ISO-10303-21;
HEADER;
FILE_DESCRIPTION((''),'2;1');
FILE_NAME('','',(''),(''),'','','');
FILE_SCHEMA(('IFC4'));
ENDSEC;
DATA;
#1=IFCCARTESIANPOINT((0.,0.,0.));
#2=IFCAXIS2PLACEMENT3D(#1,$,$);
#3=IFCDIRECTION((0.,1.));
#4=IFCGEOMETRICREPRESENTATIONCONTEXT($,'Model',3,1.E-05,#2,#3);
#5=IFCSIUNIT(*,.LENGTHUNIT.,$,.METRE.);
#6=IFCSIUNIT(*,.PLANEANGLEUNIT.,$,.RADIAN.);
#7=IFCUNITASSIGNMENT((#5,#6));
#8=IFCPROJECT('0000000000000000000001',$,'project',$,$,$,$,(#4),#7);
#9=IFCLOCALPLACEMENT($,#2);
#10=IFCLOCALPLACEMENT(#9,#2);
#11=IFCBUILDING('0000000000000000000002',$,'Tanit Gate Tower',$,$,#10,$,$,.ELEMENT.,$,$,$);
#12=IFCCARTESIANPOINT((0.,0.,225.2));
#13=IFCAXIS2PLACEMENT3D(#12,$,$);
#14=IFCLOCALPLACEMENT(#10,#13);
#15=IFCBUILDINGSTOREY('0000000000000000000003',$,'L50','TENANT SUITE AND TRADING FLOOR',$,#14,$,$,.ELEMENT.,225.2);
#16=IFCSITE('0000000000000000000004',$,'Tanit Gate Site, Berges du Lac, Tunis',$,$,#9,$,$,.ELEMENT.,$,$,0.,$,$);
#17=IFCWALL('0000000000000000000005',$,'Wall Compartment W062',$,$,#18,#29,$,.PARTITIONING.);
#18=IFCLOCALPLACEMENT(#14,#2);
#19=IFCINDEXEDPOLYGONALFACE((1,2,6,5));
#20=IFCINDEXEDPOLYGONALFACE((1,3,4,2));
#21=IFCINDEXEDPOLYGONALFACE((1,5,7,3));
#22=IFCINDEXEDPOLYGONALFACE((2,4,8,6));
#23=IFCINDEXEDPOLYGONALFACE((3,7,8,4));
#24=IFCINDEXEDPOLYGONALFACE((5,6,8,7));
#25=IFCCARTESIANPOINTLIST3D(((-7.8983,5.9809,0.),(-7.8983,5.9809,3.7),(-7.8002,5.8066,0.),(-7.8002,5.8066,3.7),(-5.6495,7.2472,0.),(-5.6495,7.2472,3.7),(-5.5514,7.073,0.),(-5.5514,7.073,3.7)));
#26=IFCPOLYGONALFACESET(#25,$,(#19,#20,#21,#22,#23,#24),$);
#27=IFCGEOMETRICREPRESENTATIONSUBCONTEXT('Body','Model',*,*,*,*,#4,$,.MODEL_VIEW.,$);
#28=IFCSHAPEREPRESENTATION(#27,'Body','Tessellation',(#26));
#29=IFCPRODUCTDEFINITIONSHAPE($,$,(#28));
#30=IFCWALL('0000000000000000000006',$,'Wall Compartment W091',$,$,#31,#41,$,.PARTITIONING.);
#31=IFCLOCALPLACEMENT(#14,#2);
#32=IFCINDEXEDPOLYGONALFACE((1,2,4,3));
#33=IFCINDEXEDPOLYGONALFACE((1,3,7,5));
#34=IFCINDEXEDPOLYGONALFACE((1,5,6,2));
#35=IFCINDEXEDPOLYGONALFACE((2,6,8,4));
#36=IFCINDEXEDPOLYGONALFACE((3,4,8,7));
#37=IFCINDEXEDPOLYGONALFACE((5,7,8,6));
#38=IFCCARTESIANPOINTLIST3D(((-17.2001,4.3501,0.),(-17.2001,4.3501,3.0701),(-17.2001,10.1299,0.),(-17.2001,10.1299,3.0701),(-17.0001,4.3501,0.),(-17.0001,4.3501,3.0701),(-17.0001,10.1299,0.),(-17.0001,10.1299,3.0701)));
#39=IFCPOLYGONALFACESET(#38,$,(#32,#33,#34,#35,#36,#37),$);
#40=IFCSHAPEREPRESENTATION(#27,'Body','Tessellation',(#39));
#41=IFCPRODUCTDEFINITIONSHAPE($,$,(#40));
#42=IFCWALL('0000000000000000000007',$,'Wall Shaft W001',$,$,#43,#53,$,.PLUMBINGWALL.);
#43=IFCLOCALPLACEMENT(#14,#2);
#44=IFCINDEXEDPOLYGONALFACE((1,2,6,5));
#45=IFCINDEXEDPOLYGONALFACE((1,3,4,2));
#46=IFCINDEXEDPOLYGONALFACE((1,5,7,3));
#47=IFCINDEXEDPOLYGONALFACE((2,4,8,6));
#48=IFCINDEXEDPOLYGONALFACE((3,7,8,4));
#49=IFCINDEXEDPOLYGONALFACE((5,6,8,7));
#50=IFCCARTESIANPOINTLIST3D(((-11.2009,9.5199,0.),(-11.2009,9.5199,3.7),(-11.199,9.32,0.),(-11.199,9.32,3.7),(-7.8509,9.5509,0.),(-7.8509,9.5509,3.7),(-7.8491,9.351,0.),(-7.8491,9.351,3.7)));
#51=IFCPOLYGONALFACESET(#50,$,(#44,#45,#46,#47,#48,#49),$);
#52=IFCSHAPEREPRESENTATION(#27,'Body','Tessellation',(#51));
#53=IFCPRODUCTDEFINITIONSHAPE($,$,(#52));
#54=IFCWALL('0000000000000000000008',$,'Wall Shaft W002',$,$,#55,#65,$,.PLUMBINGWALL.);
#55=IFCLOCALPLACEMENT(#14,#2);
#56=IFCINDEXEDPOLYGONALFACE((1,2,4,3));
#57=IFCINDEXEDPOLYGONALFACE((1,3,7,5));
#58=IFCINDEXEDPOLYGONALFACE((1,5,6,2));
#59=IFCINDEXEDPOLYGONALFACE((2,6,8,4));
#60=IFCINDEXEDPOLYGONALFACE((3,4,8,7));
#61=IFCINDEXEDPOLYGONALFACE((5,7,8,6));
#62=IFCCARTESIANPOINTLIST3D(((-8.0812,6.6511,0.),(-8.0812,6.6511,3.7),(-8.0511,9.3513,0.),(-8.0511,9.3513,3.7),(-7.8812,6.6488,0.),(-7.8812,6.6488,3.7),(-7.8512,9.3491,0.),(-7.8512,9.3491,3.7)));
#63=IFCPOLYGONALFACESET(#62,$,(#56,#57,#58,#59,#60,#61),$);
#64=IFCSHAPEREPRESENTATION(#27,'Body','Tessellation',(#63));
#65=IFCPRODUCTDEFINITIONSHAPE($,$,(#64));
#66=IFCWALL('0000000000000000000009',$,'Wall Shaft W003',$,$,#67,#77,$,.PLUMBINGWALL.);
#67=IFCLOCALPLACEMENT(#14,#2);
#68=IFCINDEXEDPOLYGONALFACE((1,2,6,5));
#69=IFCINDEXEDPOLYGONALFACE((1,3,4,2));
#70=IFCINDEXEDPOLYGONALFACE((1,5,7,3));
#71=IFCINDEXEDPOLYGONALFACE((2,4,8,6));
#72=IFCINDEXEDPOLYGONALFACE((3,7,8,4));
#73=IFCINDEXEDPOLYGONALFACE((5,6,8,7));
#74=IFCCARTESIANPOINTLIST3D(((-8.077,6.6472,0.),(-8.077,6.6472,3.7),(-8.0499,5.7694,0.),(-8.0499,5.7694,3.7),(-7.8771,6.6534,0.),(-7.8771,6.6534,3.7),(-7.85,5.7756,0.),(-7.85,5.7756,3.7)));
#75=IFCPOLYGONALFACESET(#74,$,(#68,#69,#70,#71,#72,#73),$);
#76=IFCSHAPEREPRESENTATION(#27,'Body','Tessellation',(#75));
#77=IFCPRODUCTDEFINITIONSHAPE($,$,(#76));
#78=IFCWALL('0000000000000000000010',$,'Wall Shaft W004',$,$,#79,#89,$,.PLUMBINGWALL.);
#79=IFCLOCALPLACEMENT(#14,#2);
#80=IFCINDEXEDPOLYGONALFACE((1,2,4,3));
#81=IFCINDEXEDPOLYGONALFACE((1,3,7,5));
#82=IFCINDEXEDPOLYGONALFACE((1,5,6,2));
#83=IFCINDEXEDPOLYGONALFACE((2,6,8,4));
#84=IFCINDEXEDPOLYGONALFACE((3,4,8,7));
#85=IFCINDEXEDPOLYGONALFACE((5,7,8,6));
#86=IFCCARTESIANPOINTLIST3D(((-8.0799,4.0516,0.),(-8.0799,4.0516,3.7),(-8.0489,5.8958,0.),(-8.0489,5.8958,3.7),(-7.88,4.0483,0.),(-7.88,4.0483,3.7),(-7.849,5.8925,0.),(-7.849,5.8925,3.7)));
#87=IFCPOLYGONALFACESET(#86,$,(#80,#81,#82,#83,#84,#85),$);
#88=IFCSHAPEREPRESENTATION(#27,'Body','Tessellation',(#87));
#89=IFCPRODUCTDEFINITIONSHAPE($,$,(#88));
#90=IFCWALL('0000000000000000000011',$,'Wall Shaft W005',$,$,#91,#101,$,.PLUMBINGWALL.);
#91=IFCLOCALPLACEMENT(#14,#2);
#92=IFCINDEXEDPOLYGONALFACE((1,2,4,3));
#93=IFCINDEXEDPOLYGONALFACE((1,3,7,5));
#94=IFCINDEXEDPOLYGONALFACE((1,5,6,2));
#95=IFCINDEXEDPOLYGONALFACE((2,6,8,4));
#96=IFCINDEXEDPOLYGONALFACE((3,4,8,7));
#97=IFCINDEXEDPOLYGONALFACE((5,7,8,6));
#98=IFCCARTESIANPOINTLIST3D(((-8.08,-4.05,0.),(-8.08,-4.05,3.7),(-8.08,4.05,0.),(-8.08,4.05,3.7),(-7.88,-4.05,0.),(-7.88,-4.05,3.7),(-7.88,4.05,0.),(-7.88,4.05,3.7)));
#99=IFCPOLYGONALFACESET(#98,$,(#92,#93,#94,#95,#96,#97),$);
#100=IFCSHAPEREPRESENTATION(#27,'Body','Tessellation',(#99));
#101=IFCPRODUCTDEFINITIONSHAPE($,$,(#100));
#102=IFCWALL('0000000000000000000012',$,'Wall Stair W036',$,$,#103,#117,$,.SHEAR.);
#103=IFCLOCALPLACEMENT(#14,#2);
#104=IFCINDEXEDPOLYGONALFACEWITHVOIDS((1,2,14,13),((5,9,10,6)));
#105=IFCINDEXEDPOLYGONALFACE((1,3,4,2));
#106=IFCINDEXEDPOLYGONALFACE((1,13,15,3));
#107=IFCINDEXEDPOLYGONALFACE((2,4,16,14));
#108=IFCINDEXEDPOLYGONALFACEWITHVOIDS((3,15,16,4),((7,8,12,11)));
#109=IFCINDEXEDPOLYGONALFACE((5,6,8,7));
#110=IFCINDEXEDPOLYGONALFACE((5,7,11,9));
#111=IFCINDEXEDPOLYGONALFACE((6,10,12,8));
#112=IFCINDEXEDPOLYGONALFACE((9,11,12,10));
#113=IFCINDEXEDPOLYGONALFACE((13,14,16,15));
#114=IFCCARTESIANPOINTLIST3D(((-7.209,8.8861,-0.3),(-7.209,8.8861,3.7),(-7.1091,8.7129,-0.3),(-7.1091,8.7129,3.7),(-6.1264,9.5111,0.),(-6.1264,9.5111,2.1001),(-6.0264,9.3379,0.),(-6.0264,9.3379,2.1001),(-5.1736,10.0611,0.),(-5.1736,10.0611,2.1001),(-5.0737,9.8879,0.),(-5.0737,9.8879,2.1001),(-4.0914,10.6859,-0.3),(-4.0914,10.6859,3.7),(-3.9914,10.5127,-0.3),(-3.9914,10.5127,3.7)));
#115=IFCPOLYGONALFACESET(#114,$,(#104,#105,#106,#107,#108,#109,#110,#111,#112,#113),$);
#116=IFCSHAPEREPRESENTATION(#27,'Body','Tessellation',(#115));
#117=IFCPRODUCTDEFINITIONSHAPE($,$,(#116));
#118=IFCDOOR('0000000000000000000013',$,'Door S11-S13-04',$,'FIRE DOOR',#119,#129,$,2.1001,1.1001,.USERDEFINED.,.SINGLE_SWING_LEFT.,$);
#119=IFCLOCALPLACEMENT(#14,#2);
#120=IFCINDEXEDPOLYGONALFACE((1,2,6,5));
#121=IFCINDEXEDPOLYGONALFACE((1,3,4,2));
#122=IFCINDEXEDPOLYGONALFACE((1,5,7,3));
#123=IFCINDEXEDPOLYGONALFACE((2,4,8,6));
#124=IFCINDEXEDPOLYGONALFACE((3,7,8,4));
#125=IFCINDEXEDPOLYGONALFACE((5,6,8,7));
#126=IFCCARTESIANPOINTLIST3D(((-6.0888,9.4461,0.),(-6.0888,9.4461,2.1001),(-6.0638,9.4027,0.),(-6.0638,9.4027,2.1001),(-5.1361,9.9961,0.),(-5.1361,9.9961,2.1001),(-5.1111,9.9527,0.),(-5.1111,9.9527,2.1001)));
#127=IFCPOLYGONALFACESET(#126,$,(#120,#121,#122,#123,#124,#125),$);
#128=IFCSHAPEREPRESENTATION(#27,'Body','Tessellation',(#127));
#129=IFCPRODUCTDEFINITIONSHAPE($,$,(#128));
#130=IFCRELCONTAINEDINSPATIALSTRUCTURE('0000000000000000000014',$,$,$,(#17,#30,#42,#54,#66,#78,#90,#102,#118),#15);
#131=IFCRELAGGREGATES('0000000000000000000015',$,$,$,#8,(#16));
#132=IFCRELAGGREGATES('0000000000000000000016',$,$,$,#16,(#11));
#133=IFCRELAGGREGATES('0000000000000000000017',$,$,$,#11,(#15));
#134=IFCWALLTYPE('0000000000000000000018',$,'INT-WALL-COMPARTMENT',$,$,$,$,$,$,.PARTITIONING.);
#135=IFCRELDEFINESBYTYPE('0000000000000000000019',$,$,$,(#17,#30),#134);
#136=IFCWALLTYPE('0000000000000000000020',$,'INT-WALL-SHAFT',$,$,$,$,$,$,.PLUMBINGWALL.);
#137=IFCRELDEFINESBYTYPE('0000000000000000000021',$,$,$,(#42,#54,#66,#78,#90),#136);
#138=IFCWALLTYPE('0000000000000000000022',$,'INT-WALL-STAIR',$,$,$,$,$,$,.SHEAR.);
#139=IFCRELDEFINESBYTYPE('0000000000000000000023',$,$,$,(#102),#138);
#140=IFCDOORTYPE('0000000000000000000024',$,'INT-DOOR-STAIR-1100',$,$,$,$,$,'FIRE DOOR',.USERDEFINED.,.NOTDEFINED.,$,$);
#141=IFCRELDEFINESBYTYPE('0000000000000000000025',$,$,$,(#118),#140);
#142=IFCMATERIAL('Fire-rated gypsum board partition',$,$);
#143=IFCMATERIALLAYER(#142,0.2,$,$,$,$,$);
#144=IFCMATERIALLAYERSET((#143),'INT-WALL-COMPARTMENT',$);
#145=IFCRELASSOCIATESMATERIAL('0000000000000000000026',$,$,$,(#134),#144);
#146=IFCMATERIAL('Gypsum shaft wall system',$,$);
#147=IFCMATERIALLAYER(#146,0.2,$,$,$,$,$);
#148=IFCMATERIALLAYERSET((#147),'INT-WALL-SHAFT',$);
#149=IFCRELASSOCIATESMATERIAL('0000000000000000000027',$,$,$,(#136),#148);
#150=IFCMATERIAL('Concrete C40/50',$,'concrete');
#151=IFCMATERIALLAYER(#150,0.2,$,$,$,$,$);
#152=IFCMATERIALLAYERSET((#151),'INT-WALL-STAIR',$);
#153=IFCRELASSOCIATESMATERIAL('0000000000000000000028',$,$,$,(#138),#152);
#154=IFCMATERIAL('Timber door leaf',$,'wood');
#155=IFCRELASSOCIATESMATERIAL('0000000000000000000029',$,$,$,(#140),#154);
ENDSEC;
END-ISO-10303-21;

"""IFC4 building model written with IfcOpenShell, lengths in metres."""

from ifc_helpers import new_model, si_unit, direction, frame, frame_2d, origin, place, context, subcontext, project, spatial, rectangle, extrude, material, layer, layer_set, type_object, element, fill, save


model = new_model("IFC4")

# Units and contexts
model_context = context("Model", 3, precision=1e-05, world=origin(), true_north=direction((0.0, 1.0)))
body_context = subcontext(model_context, "Body", "Model", "MODEL_VIEW")
ifc_project = project(units=[si_unit("LENGTHUNIT", "METRE"), si_unit("PLANEANGLEUNIT", "RADIAN")], contexts=[model_context])

# Site, building, storey
site_placement = place(None, origin())
site = spatial("IfcSite", under=ifc_project, at=site_placement, Name="Tanit Gate Site, Berges du Lac, Tunis", CompositionType="ELEMENT", RefElevation=0.0)
building_placement = place(site_placement, origin())
building = spatial("IfcBuilding", under=site, at=building_placement, Name="Tanit Gate Tower", CompositionType="ELEMENT")
storey_placement = place(building_placement, frame((0.0, 0.0, 225.2)))
storey = spatial("IfcBuildingStorey", under=building, at=storey_placement, Name="L50", Description="TENANT SUITE AND TRADING FLOOR", CompositionType="ELEMENT", Elevation=225.2)

# Walls
ifc_material_1 = material(Name="Fire-rated gypsum board partition")
ifc_layer_1 = layer(ifc_material_1, 0.2)
ifc_layer_set_1 = layer_set([ifc_layer_1], Name="INT-WALL-COMPARTMENT")
wall_type_1 = type_object("IfcWallType", Name="INT-WALL-COMPARTMENT", PredefinedType="PARTITIONING", material=ifc_layer_set_1)
wall_1_placement = place(storey_placement, frame((-5.6003, 7.1602, 0.0), z_axis=(0.0, 0.0, 1.0), x_axis=(-0.87134, -0.490679, 0.0)))
element("IfcWall", 1, at=wall_1_placement, inside=storey, type_object=wall_type_1, Name="Wall Compartment W062", PredefinedType="PARTITIONING", context=body_context, shape_type="SweptSolid", body=[
    extrude(rectangle(XDim=2.5808, YDim=0.2, at=frame_2d((1.2905, 0.0))), origin(), (0.0, 0.0, 1.0), 3.7),
])
wall_2_placement = place(storey_placement, frame((-17.1001, 10.1299, 0.0), z_axis=(0.0, 0.0, 1.0), x_axis=(0.0, -1.0, 0.0)))
element("IfcWall", 2, at=wall_2_placement, inside=storey, type_object=wall_type_1, Name="Wall Compartment W091", PredefinedType="PARTITIONING", context=body_context, shape_type="SweptSolid", body=[
    extrude(rectangle(XDim=5.7798, YDim=0.2, at=frame_2d((2.8899, 0.0))), origin(), (0.0, 0.0, 1.0), 3.0701),
])
ifc_material_2 = material(Name="Gypsum shaft wall system")
ifc_layer_2 = layer(ifc_material_2, 0.2)
ifc_layer_set_2 = layer_set([ifc_layer_2], Name="INT-WALL-SHAFT")
wall_type_2 = type_object("IfcWallType", Name="INT-WALL-SHAFT", PredefinedType="PLUMBINGWALL", material=ifc_layer_set_2)
wall_3_placement = place(storey_placement, frame((-11.2, 9.4199, 0.0), z_axis=(0.0, 0.0, 1.0), x_axis=(0.999957, 0.009255, 0.0)))
element("IfcWall", 3, at=wall_3_placement, inside=storey, type_object=wall_type_2, Name="Wall Shaft W001", PredefinedType="PLUMBINGWALL", context=body_context, shape_type="SweptSolid", body=[
    extrude(rectangle(XDim=3.3501, YDim=0.2, at=frame_2d((1.675, 0.0))), origin(), (0.0, 0.0, 1.0), 3.7),
])
wall_4_placement = place(storey_placement, frame((-7.9512, 9.3501, 0.0), z_axis=(0.0, 0.0, 1.0), x_axis=(-0.01112, -0.999938, 0.0)))
element("IfcWall", 4, at=wall_4_placement, inside=storey, type_object=wall_type_2, Name="Wall Shaft W002", PredefinedType="PLUMBINGWALL", context=body_context, shape_type="SweptSolid", body=[
    extrude(rectangle(XDim=2.7004, YDim=0.2, at=frame_2d((1.3501, 0.0))), origin(), (0.0, 0.0, 1.0), 3.7),
])
wall_5_placement = place(storey_placement, frame((-7.9771, 6.6501, 0.0), z_axis=(0.0, 0.0, 1.0), x_axis=(0.030862, -0.999524, 0.0)))
element("IfcWall", 5, at=wall_5_placement, inside=storey, type_object=wall_type_2, Name="Wall Shaft W003", PredefinedType="PLUMBINGWALL", context=body_context, shape_type="SweptSolid", body=[
    extrude(rectangle(XDim=0.8782, YDim=0.2, at=frame_2d((0.439, 0.0))), origin(), (0.0, 0.0, 1.0), 3.7),
])
wall_6_placement = place(storey_placement, frame((-7.949, 5.8943, 0.0), z_axis=(0.0, 0.0, 1.0), x_axis=(-0.01681, -0.999859, 0.0)))
element("IfcWall", 6, at=wall_6_placement, inside=storey, type_object=wall_type_2, Name="Wall Shaft W004", PredefinedType="PLUMBINGWALL", context=body_context, shape_type="SweptSolid", body=[
    extrude(rectangle(XDim=1.8445, YDim=0.2, at=frame_2d((0.9224, 0.0))), origin(), (0.0, 0.0, 1.0), 3.7),
])
wall_7_placement = place(storey_placement, frame((-7.98, 4.05, 0.0), z_axis=(0.0, 0.0, 1.0), x_axis=(0.0, -1.0, 0.0)))
element("IfcWall", 7, at=wall_7_placement, inside=storey, type_object=wall_type_2, Name="Wall Shaft W005", PredefinedType="PLUMBINGWALL", context=body_context, shape_type="SweptSolid", body=[
    extrude(rectangle(XDim=8.1001, YDim=0.2, at=frame_2d((4.05, 0.0))), origin(), (0.0, 0.0, 1.0), 3.7),
])

# Wall, opening, door
ifc_material_3 = material(Name="Concrete C40/50", Category="concrete")
ifc_layer_3 = layer(ifc_material_3, 0.2)
ifc_layer_set_3 = layer_set([ifc_layer_3], Name="INT-WALL-STAIR")
wall_type_3 = type_object("IfcWallType", Name="INT-WALL-STAIR", PredefinedType="SHEAR", material=ifc_layer_set_3)
wall_8_placement = place(storey_placement, frame((-7.1589, 8.7996, -0.3), z_axis=(0.0, 0.0, 1.0), x_axis=(0.866048, 0.499961, 0.0)))
wall_8 = element("IfcWall", 8, at=wall_8_placement, inside=storey, type_object=wall_type_3, Name="Wall Stair W036", PredefinedType="SHEAR", context=body_context, shape_type="SweptSolid", body=[
    extrude(rectangle(XDim=3.5999, YDim=0.2, at=frame_2d((1.7998, 0.0))), origin(), (0.0, 0.0, 1.0), 4.0),
])
opening_1_placement = place(wall_8_placement, frame((1.25, 0.0, 0.3)))
opening_1 = element("IfcOpeningElement", 9, at=opening_1_placement, cuts=wall_8, PredefinedType="OPENING", context=body_context, shape_type="SweptSolid", body=[
    extrude(rectangle(XDim=1.1001, YDim=2.1001, at=frame_2d((0.55, 1.05))), frame((0.0, 0.1099, 0.0), z_axis=(0.0, -1.0, 0.0), x_axis=(1.0, 0.0, 0.0)), (0.0, 0.0, 1.0), 0.22),
])
ifc_material_4 = material(Name="Timber door leaf", Category="wood")
door_type_1 = type_object("IfcDoorType", Name="INT-DOOR-STAIR-1100", ElementType="FIRE DOOR", OperationType="NOTDEFINED", PredefinedType="USERDEFINED", material=ifc_material_4)
door_1_placement = place(opening_1_placement, origin())
door_1 = element("IfcDoor", 10, at=door_1_placement, inside=storey, type_object=door_type_1, Name="Door S11-S13-04", ObjectType="FIRE DOOR", OperationType="SINGLE_SWING_LEFT", OverallHeight=2.1001, OverallWidth=1.1001, PredefinedType="USERDEFINED", context=body_context, shape_type="SweptSolid", body=[
    extrude(rectangle(XDim=1.1001, YDim=2.1001, at=frame_2d((0.55, 1.05))), frame((0.0, 0.0249, 0.0), z_axis=(0.0, -1.0, 0.0), x_axis=(1.0, 0.0, 0.0)), (0.0, 0.0, 1.0), 0.05),
])
fill(opening_1, door_1)

save(model, "model.ifc")
